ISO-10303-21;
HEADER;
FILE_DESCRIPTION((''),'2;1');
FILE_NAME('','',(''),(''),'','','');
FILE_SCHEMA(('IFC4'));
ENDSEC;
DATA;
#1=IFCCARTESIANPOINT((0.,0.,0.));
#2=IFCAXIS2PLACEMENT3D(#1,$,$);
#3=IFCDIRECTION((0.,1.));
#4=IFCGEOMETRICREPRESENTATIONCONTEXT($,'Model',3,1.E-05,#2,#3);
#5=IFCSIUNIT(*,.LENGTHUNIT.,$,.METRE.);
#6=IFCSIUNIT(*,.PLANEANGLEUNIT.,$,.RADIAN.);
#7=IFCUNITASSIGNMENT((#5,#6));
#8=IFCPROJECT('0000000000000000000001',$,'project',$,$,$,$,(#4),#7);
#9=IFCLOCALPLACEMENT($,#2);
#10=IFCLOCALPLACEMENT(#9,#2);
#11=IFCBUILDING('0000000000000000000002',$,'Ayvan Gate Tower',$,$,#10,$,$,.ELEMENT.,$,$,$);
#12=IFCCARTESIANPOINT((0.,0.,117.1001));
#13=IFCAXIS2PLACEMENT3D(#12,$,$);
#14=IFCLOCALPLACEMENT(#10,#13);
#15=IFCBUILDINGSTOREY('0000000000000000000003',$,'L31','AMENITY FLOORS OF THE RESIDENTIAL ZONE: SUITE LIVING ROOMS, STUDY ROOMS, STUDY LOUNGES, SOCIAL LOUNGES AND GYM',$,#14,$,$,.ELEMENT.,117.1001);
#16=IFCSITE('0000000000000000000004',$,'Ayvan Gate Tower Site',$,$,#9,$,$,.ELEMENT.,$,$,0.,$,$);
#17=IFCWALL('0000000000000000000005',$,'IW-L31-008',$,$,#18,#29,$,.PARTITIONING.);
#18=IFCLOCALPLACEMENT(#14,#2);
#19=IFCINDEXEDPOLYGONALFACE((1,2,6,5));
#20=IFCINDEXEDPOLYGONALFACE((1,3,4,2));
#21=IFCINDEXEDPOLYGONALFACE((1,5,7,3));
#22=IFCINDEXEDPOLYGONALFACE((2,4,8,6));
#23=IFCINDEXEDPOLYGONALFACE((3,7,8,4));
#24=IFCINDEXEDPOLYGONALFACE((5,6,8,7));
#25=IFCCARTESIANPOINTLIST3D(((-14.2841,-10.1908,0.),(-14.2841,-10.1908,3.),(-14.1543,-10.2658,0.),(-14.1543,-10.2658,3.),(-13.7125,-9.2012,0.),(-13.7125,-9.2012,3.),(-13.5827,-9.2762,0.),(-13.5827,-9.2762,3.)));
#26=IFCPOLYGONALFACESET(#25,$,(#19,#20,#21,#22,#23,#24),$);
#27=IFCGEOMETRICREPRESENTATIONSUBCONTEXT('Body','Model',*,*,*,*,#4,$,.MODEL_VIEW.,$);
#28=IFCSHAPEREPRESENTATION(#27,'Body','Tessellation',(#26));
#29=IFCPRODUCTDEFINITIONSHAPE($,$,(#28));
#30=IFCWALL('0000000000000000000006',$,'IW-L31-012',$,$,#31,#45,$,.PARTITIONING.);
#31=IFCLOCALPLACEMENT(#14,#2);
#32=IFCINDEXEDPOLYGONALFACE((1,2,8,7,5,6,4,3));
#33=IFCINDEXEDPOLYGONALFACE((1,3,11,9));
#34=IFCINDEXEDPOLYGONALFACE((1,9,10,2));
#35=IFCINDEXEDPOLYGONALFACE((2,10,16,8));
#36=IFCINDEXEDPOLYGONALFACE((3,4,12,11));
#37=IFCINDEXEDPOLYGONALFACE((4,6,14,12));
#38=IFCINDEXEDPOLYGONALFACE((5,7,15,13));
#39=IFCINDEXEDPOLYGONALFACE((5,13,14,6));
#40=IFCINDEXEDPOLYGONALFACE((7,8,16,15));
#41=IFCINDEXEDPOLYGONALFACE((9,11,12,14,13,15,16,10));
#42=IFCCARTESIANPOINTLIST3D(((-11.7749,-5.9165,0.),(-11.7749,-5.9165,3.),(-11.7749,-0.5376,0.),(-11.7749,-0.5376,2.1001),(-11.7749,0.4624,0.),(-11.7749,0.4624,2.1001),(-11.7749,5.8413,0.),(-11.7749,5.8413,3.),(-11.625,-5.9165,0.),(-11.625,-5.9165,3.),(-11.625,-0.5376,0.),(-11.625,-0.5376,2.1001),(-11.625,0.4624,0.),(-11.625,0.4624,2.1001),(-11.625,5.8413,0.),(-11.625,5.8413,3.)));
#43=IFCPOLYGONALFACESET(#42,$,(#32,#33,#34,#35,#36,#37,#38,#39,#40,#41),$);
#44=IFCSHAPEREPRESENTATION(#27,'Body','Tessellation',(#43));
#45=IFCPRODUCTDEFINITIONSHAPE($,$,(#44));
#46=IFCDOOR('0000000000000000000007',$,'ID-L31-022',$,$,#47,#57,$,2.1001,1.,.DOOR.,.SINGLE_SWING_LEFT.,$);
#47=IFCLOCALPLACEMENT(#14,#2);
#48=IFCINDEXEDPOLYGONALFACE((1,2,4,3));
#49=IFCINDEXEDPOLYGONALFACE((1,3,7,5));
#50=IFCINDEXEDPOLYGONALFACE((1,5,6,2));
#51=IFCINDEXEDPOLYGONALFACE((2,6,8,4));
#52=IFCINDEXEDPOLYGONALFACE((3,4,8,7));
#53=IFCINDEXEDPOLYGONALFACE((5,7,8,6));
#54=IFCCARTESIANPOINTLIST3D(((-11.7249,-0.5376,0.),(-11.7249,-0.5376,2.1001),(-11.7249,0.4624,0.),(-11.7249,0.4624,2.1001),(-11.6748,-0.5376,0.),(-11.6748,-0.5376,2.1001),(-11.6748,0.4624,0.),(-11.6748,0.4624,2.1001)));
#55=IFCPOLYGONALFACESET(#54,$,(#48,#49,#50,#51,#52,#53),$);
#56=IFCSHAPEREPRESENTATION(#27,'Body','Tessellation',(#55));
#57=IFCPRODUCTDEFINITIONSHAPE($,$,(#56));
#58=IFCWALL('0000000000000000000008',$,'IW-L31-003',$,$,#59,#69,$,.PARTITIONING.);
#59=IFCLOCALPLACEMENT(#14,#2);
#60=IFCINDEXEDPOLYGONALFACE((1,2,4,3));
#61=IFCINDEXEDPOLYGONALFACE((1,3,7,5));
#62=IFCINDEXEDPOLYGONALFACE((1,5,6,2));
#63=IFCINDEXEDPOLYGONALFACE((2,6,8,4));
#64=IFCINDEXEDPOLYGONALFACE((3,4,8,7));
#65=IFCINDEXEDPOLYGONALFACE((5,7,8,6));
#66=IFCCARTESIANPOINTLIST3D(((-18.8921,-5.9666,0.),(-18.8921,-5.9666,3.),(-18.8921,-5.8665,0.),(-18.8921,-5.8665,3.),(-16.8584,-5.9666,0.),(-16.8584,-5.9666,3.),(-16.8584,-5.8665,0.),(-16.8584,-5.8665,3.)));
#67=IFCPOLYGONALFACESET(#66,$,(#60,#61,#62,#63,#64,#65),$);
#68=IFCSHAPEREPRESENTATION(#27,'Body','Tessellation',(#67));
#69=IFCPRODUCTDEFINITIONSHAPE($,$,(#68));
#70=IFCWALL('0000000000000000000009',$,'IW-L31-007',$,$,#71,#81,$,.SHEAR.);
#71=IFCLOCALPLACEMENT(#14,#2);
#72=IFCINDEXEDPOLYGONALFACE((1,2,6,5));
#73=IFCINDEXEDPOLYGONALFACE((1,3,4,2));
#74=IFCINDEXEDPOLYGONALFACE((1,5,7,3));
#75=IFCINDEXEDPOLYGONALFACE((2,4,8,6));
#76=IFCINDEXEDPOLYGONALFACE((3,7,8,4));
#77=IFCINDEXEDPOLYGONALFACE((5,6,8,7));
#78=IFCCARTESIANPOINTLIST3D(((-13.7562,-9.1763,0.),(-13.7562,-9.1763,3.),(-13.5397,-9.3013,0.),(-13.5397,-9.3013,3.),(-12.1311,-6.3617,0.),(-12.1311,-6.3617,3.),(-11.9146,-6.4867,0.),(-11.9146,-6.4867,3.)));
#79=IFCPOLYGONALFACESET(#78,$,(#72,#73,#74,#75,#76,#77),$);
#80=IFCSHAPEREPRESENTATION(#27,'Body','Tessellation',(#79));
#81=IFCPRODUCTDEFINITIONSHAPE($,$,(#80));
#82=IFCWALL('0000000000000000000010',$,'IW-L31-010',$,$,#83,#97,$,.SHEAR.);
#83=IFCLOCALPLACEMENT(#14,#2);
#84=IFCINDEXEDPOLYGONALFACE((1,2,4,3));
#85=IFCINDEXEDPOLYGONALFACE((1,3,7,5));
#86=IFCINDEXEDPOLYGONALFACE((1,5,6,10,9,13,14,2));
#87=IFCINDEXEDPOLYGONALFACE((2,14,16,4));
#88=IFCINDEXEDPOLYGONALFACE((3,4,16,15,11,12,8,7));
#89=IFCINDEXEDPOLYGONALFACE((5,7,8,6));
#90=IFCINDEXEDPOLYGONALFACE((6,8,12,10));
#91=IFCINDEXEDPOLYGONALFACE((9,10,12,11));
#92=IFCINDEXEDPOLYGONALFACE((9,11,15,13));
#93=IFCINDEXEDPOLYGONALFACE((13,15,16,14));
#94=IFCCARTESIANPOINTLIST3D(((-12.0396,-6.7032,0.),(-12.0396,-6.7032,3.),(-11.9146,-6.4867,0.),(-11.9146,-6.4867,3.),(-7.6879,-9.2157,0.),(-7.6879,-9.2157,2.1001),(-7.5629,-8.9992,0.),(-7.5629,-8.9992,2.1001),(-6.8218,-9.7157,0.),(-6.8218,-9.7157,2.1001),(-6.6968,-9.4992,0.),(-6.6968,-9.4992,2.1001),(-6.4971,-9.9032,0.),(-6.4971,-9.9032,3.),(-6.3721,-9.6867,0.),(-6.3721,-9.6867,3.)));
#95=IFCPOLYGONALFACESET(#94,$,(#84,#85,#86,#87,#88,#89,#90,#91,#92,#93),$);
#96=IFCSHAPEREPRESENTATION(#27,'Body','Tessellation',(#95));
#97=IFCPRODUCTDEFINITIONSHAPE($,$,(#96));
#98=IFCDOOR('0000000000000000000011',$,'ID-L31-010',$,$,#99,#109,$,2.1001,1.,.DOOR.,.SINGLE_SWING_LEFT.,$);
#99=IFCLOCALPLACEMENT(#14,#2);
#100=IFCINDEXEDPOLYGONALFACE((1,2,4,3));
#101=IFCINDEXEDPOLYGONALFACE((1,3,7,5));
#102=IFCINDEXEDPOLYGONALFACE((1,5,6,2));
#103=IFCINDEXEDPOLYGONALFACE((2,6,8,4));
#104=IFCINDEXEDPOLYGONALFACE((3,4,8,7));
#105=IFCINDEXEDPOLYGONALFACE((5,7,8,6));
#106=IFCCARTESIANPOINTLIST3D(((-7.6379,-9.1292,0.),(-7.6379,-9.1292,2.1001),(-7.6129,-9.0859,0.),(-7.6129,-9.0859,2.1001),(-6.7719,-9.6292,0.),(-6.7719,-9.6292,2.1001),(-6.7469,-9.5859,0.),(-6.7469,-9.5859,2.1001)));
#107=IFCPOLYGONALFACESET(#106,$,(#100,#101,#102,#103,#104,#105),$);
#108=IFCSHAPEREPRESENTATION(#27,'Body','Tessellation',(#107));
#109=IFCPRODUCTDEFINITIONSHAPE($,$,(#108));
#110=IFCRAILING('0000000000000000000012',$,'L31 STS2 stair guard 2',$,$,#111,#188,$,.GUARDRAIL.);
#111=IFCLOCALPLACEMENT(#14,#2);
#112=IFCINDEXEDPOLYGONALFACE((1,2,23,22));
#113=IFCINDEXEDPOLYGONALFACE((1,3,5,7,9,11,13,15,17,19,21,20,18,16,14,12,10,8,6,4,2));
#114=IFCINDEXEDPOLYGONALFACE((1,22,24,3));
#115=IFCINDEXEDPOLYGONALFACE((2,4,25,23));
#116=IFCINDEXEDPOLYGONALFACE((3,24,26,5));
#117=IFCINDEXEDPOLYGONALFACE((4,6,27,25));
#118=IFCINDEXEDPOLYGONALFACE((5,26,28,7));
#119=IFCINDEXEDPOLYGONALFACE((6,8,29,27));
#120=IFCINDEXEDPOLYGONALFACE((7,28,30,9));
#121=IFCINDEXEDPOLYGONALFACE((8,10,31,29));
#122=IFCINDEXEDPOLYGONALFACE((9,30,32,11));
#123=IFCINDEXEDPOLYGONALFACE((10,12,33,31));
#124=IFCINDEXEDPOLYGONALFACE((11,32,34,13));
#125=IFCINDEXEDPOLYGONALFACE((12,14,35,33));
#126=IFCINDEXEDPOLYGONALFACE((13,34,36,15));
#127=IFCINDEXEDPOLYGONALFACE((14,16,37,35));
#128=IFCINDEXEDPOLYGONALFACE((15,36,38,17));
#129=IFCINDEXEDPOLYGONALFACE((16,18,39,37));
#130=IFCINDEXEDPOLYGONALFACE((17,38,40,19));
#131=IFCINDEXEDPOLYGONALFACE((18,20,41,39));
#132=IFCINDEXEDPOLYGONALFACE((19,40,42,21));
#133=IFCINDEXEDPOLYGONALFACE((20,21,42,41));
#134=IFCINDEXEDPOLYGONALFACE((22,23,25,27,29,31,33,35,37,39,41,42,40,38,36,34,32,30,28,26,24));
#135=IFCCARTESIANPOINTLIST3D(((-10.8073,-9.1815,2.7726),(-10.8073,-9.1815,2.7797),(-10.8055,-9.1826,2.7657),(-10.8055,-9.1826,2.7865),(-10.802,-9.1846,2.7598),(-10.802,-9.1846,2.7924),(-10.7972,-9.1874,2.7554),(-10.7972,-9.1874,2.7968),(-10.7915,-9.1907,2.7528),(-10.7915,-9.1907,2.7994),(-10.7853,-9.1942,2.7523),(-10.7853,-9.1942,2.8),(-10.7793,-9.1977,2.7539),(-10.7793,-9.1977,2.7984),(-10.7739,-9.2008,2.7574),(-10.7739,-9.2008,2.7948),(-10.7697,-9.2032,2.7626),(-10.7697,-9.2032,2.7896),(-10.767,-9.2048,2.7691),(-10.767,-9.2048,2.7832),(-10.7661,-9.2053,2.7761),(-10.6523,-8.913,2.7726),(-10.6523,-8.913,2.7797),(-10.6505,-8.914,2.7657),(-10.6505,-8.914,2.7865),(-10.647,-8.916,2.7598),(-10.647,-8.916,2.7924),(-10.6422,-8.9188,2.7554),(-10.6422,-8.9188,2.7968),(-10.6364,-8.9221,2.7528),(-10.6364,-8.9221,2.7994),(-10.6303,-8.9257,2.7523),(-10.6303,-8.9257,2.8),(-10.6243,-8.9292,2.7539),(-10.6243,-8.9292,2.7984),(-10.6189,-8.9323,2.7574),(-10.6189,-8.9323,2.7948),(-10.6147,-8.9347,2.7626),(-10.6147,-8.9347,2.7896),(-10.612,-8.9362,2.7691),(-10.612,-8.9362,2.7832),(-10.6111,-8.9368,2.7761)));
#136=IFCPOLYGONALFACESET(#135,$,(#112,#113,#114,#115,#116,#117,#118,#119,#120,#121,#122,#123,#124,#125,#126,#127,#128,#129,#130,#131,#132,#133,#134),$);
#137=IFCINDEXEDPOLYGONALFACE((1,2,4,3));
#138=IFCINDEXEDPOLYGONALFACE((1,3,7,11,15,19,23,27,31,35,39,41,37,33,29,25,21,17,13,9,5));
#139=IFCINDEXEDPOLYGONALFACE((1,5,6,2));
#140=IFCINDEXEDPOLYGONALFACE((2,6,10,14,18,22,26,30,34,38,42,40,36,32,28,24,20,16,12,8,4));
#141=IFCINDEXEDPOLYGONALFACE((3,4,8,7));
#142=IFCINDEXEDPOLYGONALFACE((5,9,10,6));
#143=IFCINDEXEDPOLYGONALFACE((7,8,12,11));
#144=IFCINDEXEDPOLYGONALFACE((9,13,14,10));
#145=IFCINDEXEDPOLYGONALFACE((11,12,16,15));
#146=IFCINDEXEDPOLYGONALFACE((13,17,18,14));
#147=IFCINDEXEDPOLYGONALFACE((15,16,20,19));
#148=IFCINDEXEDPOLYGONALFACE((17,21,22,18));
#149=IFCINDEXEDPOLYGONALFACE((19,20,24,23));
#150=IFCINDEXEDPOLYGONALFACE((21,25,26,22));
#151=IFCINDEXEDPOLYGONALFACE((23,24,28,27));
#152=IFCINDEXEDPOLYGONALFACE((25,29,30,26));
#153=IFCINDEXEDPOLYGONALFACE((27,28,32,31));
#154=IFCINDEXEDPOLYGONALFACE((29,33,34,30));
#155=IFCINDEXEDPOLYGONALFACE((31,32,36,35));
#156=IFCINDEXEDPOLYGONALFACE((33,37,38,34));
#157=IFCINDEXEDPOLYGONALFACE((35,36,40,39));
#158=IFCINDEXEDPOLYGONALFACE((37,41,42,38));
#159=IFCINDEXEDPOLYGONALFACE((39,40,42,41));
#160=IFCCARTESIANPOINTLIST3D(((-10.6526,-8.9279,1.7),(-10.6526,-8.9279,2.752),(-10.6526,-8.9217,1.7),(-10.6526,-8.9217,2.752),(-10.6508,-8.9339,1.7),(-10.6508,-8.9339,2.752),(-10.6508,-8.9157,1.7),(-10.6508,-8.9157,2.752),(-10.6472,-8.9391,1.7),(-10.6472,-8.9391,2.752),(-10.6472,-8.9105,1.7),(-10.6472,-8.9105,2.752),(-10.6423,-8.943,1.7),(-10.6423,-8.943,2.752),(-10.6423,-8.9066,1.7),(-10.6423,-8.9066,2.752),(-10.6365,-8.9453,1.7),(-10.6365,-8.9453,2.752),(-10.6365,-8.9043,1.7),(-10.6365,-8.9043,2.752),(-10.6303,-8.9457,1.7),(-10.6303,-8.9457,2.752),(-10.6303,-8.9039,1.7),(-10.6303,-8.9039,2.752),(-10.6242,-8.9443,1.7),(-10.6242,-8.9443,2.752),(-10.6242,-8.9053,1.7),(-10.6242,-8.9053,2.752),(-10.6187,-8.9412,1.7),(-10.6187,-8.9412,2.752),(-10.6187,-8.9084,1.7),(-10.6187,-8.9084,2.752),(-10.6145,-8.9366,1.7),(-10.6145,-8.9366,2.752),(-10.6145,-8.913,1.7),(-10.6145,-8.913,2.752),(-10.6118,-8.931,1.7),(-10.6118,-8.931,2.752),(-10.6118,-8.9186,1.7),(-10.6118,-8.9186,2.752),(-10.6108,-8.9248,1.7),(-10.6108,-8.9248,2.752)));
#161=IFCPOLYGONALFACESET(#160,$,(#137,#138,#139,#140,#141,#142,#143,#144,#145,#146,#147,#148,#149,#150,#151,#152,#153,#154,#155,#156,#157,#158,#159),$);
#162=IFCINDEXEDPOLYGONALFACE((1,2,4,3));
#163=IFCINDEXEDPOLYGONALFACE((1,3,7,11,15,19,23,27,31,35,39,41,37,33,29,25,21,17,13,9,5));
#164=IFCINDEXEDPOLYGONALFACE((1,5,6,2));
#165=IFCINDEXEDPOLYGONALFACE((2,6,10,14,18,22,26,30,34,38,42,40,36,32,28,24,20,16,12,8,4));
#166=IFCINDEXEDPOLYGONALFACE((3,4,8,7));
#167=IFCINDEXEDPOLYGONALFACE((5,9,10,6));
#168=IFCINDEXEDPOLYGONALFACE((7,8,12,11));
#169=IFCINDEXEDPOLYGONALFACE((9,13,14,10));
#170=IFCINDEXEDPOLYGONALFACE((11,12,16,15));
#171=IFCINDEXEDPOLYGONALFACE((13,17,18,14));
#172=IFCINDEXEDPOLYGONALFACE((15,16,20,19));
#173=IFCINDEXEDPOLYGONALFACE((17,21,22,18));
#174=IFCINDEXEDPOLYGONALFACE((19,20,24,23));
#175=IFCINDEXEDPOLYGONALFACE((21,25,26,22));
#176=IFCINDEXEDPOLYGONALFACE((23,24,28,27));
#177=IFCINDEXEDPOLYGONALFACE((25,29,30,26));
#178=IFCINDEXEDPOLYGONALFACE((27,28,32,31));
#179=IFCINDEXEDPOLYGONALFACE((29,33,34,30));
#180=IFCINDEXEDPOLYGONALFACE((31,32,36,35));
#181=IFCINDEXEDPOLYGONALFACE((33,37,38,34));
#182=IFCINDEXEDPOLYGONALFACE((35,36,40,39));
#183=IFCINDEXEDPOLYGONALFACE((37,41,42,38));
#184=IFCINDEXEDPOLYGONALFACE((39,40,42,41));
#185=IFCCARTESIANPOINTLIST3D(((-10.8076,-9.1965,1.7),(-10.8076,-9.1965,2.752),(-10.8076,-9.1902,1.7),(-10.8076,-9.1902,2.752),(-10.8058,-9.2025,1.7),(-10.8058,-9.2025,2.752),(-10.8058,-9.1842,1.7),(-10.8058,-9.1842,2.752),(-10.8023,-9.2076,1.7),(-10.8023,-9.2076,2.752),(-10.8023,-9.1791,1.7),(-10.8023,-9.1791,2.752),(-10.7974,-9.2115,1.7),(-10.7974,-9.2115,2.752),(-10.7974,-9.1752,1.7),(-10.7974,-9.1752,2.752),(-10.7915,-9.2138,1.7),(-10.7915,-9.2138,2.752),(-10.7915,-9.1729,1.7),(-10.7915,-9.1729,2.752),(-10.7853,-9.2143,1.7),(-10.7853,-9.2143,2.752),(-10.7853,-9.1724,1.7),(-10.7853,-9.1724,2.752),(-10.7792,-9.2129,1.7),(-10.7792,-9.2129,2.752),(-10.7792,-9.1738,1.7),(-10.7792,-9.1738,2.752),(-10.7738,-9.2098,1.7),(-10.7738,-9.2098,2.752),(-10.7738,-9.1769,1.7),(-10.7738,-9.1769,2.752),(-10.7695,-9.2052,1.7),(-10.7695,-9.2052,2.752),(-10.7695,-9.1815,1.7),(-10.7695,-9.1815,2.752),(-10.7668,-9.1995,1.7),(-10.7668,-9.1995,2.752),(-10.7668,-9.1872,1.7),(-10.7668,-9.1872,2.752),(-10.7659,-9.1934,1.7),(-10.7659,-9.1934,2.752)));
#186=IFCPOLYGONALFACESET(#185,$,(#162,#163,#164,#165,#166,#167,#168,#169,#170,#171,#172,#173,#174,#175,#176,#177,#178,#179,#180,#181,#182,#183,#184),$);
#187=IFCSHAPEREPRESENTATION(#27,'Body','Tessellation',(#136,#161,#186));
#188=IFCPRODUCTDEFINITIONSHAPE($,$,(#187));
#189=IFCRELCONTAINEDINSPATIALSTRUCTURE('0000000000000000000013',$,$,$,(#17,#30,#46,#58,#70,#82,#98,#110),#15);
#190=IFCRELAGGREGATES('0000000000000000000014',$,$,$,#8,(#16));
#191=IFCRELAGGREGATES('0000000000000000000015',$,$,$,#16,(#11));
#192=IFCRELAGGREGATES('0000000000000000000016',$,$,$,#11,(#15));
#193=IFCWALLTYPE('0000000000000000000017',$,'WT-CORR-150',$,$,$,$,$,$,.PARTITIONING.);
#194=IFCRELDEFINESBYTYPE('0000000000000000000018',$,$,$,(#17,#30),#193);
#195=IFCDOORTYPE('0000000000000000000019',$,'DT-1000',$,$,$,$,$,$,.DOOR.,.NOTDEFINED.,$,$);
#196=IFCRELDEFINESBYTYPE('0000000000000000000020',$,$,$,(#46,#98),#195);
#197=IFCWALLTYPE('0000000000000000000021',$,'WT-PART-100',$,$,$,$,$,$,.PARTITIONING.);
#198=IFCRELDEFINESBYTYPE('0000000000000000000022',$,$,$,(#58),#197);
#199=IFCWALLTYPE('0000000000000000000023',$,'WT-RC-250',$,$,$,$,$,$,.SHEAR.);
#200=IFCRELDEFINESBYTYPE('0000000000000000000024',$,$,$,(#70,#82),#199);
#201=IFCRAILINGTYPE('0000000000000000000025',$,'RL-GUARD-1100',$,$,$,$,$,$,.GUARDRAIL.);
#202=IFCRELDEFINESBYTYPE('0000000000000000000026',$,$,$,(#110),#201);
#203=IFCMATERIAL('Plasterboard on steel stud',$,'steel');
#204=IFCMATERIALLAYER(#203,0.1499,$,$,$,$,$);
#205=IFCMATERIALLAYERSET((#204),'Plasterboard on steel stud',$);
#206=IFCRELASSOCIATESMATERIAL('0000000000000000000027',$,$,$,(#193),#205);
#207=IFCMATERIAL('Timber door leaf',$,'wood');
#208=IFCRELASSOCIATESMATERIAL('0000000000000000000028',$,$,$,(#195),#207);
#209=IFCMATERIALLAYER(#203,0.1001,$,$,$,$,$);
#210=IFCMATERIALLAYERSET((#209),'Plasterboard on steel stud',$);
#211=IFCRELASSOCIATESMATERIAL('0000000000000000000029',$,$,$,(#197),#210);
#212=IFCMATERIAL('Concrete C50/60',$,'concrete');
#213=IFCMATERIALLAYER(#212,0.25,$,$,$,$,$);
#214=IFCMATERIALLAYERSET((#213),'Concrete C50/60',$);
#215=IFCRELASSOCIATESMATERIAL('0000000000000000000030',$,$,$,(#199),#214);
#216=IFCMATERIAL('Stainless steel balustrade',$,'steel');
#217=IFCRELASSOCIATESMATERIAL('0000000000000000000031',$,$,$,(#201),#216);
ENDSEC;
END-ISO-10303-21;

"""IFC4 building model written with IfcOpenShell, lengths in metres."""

from ifc_helpers import new_model, si_unit, direction, frame, frame_2d, origin, origin_2d, place, context, subcontext, project, spatial, rectangle, circle, extrude, material, layer, layer_set, type_object, element, fill, save


model = new_model("IFC4")

# Units and contexts
model_context = context("Model", 3, precision=1e-05, world=origin(), true_north=direction((0.0, 1.0)))
body_context = subcontext(model_context, "Body", "Model", "MODEL_VIEW")
ifc_project = project(units=[si_unit("LENGTHUNIT", "METRE"), si_unit("PLANEANGLEUNIT", "RADIAN")], contexts=[model_context])

# Site, building, storey
site_placement = place(None, origin())
site = spatial("IfcSite", under=ifc_project, at=site_placement, Name="Ayvan Gate Tower Site", CompositionType="ELEMENT", RefElevation=0.0)
building_placement = place(site_placement, origin())
building = spatial("IfcBuilding", under=site, at=building_placement, Name="Ayvan Gate Tower", CompositionType="ELEMENT")
storey_placement = place(building_placement, frame((0.0, 0.0, 117.1001)))
storey = spatial("IfcBuildingStorey", under=building, at=storey_placement, Name="L31", Description="AMENITY FLOORS OF THE RESIDENTIAL ZONE: SUITE LIVING ROOMS, STUDY ROOMS, STUDY LOUNGES, SOCIAL LOUNGES AND GYM", CompositionType="ELEMENT", Elevation=117.1001)

# Wall
ifc_material_1 = material(Name="Plasterboard on steel stud", Category="steel")
ifc_layer_1 = layer(ifc_material_1, 0.1499)
ifc_layer_set_1 = layer_set([ifc_layer_1], Name="Plasterboard on steel stud")
wall_type_1 = type_object("IfcWallType", Name="WT-CORR-150", PredefinedType="PARTITIONING", material=ifc_layer_set_1)
wall_1_placement = place(storey_placement, frame((-13.6477, -9.2388, 0.0), z_axis=(0.0, 0.0, 1.0), x_axis=(-0.50016, -0.865933, 0.0)))
element("IfcWall", 1, at=wall_1_placement, inside=storey, type_object=wall_type_1, Name="IW-L31-008", PredefinedType="PARTITIONING", context=body_context, shape_type="SweptSolid", body=[
    extrude(rectangle(XDim=1.1428, YDim=0.1499, at=frame_2d((0.5713, 0.0))), origin(), (0.0, 0.0, 1.0), 3.0),
])

# Wall, opening, door
wall_2_placement = place(storey_placement, frame((-11.7, -5.9165, 0.0), z_axis=(0.0, 0.0, 1.0), x_axis=(0.0, 1.0, 0.0)))
wall_2 = element("IfcWall", 2, at=wall_2_placement, inside=storey, type_object=wall_type_1, Name="IW-L31-012", PredefinedType="PARTITIONING", context=body_context, shape_type="SweptSolid", body=[
    extrude(rectangle(XDim=11.7578, YDim=0.1499, at=frame_2d((5.8789, 0.0))), origin(), (0.0, 0.0, 1.0), 3.0),
])
opening_1_placement = place(wall_2_placement, frame((5.3789, 0.0, 0.0)))
opening_1 = element("IfcOpeningElement", 3, at=opening_1_placement, cuts=wall_2, PredefinedType="OPENING", context=body_context, shape_type="SweptSolid", body=[
    extrude(rectangle(XDim=1.0, YDim=2.1001, at=frame_2d((0.5, 1.05))), frame((0.0, 0.085, 0.0), z_axis=(0.0, -1.0, 0.0), x_axis=(1.0, 0.0, 0.0)), (0.0, 0.0, 1.0), 0.1699),
])
ifc_material_2 = material(Name="Timber door leaf", Category="wood")
door_type = type_object("IfcDoorType", Name="DT-1000", OperationType="NOTDEFINED", PredefinedType="DOOR", material=ifc_material_2)
door_1_placement = place(opening_1_placement, origin())
door_1 = element("IfcDoor", 4, at=door_1_placement, inside=storey, type_object=door_type, Name="ID-L31-022", OperationType="SINGLE_SWING_LEFT", OverallHeight=2.1001, OverallWidth=1.0, PredefinedType="DOOR", context=body_context, shape_type="SweptSolid", body=[
    extrude(rectangle(XDim=1.0, YDim=2.1001, at=frame_2d((0.5, 1.05))), frame((0.0, 0.0249, 0.0), z_axis=(0.0, -1.0, 0.0), x_axis=(1.0, 0.0, 0.0)), (0.0, 0.0, 1.0), 0.05),
])
fill(opening_1, door_1)

# Walls
ifc_layer_2 = layer(ifc_material_1, 0.1001)
ifc_layer_set_2 = layer_set([ifc_layer_2], Name="Plasterboard on steel stud")
wall_type_2 = type_object("IfcWallType", Name="WT-PART-100", PredefinedType="PARTITIONING", material=ifc_layer_set_2)
wall_3_placement = place(storey_placement, frame((-16.8584, -5.9165, 0.0), z_axis=(0.0, 0.0, 1.0), x_axis=(-1.0, 0.0, 0.0)))
element("IfcWall", 5, at=wall_3_placement, inside=storey, type_object=wall_type_2, Name="IW-L31-003", PredefinedType="PARTITIONING", context=body_context, shape_type="SweptSolid", body=[
    extrude(rectangle(XDim=2.0337, YDim=0.1001, at=frame_2d((1.0168, 0.0))), origin(), (0.0, 0.0, 1.0), 3.0),
])
ifc_material_3 = material(Name="Concrete C50/60", Category="concrete")
ifc_layer_3 = layer(ifc_material_3, 0.25)
ifc_layer_set_3 = layer_set([ifc_layer_3], Name="Concrete C50/60")
wall_type_3 = type_object("IfcWallType", Name="WT-RC-250", PredefinedType="SHEAR", material=ifc_layer_set_3)
wall_4_placement = place(storey_placement, frame((-13.6479, -9.2388, 0.0), z_axis=(0.0, 0.0, 1.0), x_axis=(0.500017, 0.866015, 0.0)))
element("IfcWall", 6, at=wall_4_placement, inside=storey, type_object=wall_type_3, Name="IW-L31-007", PredefinedType="SHEAR", context=body_context, shape_type="SweptSolid", body=[
    extrude(rectangle(XDim=3.25, YDim=0.25, at=frame_2d((1.625, 0.0))), origin(), (0.0, 0.0, 1.0), 3.0),
])

# Wall, opening, door
wall_5_placement = place(storey_placement, frame((-11.9771, -6.595, 0.0), z_axis=(0.0, 0.0, 1.0), x_axis=(0.866025, -0.5, 0.0)))
wall_5 = element("IfcWall", 7, at=wall_5_placement, inside=storey, type_object=wall_type_3, Name="IW-L31-010", PredefinedType="SHEAR", context=body_context, shape_type="SweptSolid", body=[
    extrude(rectangle(XDim=6.3999, YDim=0.25, at=frame_2d((3.2, 0.0))), origin(), (0.0, 0.0, 1.0), 3.0),
])
opening_2_placement = place(wall_5_placement, frame((5.0249, 0.0, 0.0)))
opening_2 = element("IfcOpeningElement", 8, at=opening_2_placement, cuts=wall_5, PredefinedType="OPENING", context=body_context, shape_type="SweptSolid", body=[
    extrude(rectangle(XDim=1.0, YDim=2.1001, at=frame_2d((0.5, 1.05))), frame((0.0, 0.135, 0.0), z_axis=(0.0, -1.0, 0.0), x_axis=(1.0, 0.0, 0.0)), (0.0, 0.0, 1.0), 0.27),
])
door_2_placement = place(opening_2_placement, origin())
door_2 = element("IfcDoor", 9, at=door_2_placement, inside=storey, type_object=door_type, Name="ID-L31-010", OperationType="SINGLE_SWING_LEFT", OverallHeight=2.1001, OverallWidth=1.0, PredefinedType="DOOR", context=body_context, shape_type="SweptSolid", body=[
    extrude(rectangle(XDim=1.0, YDim=2.1001, at=frame_2d((0.5, 1.05))), frame((0.0, 0.0249, 0.0), z_axis=(0.0, -1.0, 0.0), x_axis=(1.0, 0.0, 0.0)), (0.0, 0.0, 1.0), 0.05),
])
fill(opening_2, door_2)

# Railing
ifc_material_4 = material(Name="Stainless steel balustrade", Category="steel")
railing_type_1 = type_object("IfcRailingType", Name="RL-GUARD-1100", PredefinedType="GUARDRAIL", material=ifc_material_4)
railing_1_placement = place(storey_placement, frame((-10.6318, -8.9248, 1.7)))
element("IfcRailing", 10, at=railing_1_placement, inside=storey, type_object=railing_type_1, Name="L31 STS2 stair guard 2", PredefinedType="GUARDRAIL", context=body_context, shape_type="SweptSolid", body=[
    extrude(circle(Radius=0.0239, at=origin_2d()), frame((0.0, 0.0, 1.0762), z_axis=(-0.49995, -0.866054, 0.0), x_axis=(0.866054, -0.49995, 0.0)), (0.0, 0.0, 1.0), 0.3101),
    extrude(circle(Radius=0.021, at=origin_2d()), origin(), (0.0, 0.0, 1.0), 1.052),
    extrude(circle(Radius=0.021, at=origin_2d()), frame((-0.155, -0.2686, 0.0)), (0.0, 0.0, 1.0), 1.052),
])

save(model, "model.ifc")
